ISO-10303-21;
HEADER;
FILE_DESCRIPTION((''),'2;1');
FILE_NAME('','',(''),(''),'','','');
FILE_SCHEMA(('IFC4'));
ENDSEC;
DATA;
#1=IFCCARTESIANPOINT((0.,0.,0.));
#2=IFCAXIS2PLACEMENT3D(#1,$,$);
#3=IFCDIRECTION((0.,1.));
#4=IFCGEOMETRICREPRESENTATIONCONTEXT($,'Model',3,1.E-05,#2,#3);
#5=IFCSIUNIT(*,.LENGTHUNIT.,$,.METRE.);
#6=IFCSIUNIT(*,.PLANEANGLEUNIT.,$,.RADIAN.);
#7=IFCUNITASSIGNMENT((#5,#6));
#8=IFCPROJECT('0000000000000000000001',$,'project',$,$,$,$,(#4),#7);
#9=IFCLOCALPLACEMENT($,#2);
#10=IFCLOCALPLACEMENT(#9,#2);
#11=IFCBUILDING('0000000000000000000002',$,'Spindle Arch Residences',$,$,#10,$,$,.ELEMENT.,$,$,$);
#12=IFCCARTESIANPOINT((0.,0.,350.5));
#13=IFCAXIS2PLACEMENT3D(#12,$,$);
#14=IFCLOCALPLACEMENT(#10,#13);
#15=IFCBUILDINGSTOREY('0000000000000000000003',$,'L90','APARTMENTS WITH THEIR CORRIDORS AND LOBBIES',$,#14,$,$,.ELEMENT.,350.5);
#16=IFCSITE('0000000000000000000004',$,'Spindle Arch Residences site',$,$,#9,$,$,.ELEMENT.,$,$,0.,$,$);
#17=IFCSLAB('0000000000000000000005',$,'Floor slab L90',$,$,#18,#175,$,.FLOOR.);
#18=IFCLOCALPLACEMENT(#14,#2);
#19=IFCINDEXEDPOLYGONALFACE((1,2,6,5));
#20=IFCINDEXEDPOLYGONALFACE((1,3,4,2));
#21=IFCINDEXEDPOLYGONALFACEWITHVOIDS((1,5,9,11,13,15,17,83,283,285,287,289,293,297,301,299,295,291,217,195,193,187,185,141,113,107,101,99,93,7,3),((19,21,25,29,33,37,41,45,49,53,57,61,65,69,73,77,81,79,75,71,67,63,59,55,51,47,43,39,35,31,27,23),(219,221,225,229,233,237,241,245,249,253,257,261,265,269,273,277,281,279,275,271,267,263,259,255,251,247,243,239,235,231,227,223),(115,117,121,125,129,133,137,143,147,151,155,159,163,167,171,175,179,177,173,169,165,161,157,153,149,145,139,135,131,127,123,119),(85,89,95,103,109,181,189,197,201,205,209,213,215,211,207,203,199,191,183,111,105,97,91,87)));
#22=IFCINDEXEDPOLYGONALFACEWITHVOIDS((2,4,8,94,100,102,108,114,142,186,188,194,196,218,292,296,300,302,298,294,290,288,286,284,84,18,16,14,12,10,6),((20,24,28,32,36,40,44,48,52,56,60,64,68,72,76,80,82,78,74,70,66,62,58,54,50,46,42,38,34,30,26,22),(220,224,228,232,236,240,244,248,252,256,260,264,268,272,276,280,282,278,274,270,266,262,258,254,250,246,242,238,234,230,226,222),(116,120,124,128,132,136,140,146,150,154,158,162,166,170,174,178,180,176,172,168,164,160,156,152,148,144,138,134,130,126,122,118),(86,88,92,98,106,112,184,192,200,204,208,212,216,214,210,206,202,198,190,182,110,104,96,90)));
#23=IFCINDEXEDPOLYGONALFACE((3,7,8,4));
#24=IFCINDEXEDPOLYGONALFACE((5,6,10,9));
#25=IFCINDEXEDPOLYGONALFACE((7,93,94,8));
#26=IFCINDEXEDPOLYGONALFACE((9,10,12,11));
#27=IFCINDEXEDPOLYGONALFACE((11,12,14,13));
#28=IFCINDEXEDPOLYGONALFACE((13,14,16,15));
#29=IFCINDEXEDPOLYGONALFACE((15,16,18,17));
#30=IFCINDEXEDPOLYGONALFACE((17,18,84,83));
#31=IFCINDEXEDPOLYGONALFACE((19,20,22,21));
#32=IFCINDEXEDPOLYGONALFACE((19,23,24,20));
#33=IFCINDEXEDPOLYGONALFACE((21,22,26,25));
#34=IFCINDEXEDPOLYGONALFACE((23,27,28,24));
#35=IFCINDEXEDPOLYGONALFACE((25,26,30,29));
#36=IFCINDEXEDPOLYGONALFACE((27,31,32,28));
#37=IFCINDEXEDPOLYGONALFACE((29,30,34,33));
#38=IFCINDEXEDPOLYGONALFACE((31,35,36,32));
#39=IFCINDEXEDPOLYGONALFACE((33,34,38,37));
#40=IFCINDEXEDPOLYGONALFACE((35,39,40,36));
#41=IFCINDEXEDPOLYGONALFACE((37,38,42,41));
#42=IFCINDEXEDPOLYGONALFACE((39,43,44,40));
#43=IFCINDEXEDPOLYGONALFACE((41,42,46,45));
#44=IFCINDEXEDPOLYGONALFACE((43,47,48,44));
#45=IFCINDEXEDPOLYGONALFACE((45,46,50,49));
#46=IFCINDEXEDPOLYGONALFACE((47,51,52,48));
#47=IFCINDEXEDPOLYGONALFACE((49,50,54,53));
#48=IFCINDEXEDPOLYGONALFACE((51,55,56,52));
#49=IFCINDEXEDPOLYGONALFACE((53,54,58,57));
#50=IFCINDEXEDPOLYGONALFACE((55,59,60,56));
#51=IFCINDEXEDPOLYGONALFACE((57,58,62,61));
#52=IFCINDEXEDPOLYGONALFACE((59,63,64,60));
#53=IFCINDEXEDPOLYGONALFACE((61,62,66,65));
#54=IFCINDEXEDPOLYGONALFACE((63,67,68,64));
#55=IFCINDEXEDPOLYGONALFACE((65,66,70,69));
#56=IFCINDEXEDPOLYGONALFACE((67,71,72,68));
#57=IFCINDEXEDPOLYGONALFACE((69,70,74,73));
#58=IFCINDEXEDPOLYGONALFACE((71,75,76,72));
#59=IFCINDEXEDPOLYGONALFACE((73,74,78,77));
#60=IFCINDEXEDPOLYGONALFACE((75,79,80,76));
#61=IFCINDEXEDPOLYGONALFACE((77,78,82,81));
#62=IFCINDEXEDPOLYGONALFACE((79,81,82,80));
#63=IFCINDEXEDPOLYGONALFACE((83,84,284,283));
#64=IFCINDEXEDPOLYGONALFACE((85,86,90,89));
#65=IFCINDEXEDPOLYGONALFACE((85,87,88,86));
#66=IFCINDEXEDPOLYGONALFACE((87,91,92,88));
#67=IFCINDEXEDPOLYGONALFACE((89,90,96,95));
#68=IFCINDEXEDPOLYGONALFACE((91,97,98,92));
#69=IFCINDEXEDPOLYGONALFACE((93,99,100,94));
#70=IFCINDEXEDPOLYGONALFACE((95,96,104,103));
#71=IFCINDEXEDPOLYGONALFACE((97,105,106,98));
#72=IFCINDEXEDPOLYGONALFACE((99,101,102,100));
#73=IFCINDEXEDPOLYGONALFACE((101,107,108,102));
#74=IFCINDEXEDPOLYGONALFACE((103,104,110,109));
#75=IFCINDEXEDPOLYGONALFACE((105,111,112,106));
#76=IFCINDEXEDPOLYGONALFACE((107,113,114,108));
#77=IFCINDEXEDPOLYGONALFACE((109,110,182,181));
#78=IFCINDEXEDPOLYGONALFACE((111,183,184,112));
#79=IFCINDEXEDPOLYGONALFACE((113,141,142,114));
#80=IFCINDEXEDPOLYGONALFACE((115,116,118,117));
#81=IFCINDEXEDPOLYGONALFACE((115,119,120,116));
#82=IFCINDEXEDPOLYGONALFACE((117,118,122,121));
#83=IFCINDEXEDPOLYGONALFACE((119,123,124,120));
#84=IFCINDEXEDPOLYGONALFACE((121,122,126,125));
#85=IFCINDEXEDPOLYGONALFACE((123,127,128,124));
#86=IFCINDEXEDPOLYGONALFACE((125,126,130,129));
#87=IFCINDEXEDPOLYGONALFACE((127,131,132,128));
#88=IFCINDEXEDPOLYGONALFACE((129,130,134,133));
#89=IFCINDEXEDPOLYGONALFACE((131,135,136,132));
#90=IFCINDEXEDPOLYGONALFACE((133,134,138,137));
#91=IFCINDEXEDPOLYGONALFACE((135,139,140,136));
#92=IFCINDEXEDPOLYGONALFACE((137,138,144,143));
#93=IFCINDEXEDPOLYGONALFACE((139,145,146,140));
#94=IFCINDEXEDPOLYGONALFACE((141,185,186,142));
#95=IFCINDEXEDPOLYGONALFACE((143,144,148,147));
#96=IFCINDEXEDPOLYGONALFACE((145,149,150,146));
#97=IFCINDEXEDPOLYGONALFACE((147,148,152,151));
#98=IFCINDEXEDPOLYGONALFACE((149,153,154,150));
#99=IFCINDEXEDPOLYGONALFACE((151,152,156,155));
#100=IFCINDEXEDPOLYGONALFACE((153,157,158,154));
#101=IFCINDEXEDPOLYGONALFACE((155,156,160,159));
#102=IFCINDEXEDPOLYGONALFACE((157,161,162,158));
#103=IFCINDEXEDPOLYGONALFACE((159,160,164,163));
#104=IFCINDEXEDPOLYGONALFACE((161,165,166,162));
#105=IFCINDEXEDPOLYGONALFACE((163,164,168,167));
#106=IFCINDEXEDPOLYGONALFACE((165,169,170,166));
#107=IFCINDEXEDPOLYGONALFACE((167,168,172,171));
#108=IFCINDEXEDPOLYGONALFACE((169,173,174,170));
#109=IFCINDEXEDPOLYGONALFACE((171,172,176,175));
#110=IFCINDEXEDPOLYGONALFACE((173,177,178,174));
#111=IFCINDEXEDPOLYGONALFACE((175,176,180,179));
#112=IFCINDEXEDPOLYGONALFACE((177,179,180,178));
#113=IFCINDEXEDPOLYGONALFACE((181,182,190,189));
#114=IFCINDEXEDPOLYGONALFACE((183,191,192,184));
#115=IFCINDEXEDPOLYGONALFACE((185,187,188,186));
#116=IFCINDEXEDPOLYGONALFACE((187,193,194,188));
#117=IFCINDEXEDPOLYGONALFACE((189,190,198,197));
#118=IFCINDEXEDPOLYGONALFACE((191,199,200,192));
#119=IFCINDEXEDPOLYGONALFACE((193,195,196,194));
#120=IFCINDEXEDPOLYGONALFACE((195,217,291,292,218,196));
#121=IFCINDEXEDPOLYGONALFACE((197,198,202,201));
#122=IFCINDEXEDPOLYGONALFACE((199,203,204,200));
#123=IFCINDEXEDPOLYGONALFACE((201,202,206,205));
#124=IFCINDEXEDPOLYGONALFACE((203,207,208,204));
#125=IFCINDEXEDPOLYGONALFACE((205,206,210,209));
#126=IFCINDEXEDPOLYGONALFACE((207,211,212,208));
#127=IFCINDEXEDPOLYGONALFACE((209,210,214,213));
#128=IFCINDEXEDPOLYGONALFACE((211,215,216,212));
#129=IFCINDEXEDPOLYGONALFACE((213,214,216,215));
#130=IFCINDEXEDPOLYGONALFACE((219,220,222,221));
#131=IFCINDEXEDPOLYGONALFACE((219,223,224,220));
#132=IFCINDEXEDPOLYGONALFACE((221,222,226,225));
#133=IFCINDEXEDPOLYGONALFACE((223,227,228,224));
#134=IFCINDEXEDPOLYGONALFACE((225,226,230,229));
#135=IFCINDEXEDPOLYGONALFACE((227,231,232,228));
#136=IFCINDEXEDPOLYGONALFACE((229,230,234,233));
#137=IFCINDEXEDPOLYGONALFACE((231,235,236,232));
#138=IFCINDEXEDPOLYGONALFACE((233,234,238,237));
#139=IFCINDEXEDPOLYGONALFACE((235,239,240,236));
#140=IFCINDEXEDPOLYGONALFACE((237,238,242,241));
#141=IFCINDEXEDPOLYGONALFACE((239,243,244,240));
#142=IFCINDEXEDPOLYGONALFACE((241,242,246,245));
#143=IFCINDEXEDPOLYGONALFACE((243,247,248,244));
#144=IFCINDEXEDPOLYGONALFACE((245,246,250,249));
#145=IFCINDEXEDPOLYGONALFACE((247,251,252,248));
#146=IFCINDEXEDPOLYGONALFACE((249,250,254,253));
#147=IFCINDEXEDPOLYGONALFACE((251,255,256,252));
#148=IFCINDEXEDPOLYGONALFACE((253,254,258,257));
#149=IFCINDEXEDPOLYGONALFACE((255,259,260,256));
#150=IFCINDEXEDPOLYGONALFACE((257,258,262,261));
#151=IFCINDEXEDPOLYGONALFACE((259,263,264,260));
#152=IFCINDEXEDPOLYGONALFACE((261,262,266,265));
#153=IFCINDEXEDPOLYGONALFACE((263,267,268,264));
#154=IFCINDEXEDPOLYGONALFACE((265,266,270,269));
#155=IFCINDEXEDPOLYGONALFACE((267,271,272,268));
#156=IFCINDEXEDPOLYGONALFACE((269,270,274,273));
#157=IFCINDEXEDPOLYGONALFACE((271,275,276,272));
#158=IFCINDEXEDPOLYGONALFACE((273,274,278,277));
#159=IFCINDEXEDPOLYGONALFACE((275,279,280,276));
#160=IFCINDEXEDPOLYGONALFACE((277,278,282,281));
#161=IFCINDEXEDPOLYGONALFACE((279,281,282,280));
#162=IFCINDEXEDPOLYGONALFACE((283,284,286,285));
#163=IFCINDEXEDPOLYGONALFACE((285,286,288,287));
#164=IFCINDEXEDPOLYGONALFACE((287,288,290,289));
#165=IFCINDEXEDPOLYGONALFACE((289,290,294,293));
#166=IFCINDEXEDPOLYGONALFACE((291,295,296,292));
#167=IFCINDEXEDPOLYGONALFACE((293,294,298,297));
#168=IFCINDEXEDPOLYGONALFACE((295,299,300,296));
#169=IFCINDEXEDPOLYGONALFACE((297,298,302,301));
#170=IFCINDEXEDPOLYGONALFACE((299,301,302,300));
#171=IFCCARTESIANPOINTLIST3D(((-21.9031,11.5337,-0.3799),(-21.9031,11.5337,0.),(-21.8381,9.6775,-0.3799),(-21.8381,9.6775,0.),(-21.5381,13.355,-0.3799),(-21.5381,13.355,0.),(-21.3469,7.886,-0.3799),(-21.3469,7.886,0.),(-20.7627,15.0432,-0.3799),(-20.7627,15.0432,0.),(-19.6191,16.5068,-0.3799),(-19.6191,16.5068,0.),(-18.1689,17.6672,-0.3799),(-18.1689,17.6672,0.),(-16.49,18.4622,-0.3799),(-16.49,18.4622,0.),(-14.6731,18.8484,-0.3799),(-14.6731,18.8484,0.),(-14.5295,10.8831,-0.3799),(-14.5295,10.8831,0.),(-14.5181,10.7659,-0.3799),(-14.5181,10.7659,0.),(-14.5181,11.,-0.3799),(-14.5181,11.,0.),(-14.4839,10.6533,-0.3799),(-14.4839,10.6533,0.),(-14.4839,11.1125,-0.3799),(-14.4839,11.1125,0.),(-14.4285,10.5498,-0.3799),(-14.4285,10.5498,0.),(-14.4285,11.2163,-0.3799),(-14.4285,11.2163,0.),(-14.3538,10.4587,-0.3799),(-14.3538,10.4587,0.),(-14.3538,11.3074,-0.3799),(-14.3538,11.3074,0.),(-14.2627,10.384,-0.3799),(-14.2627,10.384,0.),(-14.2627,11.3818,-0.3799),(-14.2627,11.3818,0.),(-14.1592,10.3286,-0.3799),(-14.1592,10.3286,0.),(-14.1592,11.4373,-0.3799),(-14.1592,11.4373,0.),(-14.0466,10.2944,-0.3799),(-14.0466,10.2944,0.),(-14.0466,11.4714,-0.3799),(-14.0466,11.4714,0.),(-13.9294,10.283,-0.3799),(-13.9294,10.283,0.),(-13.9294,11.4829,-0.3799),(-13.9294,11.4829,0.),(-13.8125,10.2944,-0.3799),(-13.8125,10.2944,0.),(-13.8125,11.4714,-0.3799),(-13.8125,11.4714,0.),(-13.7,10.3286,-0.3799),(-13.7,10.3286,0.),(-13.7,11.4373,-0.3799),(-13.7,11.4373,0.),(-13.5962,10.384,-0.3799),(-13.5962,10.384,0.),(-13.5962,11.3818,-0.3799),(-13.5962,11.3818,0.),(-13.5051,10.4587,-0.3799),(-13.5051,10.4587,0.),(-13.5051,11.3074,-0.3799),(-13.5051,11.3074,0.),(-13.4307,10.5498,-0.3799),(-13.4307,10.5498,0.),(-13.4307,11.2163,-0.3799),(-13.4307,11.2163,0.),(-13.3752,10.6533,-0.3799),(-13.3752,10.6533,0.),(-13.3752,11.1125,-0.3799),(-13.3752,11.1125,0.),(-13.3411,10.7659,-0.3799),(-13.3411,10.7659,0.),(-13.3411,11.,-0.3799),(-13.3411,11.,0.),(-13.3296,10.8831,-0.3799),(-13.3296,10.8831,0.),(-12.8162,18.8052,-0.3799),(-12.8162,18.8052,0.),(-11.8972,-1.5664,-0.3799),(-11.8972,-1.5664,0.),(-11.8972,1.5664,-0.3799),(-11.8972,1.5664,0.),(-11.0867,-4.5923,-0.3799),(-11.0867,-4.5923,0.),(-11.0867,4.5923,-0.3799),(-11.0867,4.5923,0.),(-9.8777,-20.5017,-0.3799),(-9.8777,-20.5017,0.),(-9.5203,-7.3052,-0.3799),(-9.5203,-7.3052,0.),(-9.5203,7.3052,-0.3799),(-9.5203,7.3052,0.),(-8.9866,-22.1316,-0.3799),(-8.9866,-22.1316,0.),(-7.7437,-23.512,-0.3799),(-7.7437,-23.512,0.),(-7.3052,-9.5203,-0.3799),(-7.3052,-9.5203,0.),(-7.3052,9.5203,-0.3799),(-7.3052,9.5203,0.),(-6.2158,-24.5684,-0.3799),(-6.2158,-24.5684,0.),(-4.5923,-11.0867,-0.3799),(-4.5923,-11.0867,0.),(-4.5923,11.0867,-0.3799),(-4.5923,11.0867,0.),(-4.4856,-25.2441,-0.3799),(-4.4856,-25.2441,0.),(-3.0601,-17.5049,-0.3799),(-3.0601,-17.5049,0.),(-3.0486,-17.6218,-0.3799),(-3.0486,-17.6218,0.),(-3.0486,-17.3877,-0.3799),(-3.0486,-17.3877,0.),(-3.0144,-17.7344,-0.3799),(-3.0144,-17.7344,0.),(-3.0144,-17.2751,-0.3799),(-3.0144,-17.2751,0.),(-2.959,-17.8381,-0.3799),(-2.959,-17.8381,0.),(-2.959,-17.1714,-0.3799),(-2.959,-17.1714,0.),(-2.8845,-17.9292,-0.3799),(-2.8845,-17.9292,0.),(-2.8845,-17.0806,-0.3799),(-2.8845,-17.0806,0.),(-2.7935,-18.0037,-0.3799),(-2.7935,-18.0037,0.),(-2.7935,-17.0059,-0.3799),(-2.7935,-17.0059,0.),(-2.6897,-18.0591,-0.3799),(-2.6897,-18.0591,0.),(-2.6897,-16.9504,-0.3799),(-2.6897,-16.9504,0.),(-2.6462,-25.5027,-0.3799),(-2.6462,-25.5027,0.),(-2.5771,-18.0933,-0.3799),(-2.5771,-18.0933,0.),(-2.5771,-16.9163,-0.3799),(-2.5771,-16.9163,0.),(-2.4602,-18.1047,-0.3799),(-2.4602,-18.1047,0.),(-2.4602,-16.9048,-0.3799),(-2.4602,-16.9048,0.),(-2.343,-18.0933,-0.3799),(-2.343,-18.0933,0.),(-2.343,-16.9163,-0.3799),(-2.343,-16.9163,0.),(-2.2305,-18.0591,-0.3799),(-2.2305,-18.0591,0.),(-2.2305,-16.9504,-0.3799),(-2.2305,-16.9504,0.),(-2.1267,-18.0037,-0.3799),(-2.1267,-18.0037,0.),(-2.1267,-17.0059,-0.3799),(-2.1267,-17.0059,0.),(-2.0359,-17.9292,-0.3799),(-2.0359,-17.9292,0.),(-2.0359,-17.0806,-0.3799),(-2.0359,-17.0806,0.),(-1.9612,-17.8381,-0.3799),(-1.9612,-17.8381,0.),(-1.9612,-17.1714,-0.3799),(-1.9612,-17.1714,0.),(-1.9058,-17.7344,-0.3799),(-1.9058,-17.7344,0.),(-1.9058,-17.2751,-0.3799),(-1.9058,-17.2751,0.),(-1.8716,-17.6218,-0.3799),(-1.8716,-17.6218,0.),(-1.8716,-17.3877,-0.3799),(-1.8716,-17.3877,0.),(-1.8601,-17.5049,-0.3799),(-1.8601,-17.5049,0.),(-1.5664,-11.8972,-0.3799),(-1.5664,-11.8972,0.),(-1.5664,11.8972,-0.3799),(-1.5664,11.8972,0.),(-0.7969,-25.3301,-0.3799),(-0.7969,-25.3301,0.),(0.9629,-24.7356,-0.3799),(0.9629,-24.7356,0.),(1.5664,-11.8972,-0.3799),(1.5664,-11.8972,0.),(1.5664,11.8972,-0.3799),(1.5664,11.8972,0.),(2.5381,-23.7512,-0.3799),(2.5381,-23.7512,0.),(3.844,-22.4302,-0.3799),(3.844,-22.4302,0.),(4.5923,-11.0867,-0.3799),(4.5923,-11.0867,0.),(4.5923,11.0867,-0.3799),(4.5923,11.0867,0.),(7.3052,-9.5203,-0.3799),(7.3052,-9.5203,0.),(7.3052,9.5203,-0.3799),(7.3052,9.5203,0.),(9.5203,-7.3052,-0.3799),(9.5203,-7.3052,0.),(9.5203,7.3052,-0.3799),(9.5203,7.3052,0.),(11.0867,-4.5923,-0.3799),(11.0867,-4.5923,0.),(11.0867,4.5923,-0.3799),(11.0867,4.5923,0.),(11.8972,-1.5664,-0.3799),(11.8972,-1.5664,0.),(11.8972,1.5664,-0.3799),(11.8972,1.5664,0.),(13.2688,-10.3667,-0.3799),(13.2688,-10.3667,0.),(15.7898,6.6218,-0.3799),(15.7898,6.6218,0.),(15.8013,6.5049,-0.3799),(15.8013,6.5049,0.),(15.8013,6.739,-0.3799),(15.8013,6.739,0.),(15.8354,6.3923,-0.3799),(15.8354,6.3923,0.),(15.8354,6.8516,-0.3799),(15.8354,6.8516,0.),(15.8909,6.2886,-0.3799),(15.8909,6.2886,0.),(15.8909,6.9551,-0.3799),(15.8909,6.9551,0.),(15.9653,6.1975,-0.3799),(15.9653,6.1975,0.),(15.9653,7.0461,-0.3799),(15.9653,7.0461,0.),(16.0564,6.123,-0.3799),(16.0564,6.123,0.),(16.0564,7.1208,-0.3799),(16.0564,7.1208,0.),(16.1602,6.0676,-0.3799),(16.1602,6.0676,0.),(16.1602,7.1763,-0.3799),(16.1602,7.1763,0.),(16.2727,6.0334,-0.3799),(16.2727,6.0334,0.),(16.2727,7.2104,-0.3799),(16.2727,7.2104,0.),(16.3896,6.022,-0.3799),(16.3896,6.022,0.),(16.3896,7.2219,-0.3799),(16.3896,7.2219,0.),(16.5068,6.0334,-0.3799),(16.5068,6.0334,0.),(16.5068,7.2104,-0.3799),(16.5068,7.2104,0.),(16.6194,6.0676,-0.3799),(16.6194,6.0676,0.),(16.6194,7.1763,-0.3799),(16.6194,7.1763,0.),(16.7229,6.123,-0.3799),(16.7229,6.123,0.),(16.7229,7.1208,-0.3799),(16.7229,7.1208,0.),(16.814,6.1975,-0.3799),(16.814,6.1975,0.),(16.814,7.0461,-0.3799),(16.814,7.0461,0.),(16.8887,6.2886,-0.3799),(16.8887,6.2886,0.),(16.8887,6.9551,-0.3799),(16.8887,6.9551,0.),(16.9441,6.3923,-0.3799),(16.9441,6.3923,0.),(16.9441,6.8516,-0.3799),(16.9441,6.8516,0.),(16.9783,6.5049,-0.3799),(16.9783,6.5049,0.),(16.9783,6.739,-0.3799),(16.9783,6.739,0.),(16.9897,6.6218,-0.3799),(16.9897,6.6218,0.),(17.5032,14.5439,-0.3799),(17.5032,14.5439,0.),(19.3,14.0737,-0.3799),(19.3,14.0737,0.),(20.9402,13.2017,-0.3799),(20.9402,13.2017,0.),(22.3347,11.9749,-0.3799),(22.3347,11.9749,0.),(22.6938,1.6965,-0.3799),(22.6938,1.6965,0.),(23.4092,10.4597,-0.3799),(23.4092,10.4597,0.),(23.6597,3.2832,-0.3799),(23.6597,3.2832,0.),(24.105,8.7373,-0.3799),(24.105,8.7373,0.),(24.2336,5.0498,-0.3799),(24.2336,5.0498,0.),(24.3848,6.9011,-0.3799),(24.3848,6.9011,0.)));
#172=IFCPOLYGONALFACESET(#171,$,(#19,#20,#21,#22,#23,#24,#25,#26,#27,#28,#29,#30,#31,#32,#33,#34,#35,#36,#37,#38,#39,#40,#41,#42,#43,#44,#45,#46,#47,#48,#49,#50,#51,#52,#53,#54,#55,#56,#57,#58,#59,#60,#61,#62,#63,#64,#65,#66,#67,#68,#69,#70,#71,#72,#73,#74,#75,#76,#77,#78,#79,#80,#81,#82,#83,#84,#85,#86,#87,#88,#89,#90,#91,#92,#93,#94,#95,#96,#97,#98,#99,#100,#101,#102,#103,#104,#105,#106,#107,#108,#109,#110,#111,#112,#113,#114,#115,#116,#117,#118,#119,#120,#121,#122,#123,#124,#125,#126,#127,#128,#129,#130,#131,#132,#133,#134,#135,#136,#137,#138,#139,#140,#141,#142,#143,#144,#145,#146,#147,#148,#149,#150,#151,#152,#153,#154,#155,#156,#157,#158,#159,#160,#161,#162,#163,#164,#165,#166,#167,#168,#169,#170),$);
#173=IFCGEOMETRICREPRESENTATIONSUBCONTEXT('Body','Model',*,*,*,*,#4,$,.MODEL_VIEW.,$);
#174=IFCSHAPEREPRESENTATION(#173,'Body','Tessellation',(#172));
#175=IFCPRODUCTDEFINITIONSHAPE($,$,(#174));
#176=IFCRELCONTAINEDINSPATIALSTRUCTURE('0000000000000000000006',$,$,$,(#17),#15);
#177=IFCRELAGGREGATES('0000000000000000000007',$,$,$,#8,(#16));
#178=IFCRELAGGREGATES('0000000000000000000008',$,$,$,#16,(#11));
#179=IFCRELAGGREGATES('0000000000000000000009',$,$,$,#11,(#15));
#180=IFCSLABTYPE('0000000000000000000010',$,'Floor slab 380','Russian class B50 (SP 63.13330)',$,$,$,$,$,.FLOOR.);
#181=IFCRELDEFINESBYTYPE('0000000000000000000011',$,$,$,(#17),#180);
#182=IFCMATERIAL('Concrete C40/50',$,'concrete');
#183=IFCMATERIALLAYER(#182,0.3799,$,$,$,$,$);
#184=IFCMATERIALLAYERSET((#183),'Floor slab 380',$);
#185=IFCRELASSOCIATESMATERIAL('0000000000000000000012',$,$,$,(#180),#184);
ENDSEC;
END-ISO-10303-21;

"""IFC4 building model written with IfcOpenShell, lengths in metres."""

from ifc_helpers import new_model, si_unit, direction, frame, origin, place, context, subcontext, project, spatial, polyline, outline, extrude, material, layer, layer_set, type_object, element, save


model = new_model("IFC4")

# Units and contexts
model_context = context("Model", 3, precision=1e-05, world=origin(), true_north=direction((0.0, 1.0)))
body_context = subcontext(model_context, "Body", "Model", "MODEL_VIEW")
ifc_project = project(units=[si_unit("LENGTHUNIT", "METRE"), si_unit("PLANEANGLEUNIT", "RADIAN")], contexts=[model_context])

# Site, building, storey
site_placement = place(None, origin())
site = spatial("IfcSite", under=ifc_project, at=site_placement, Name="Spindle Arch Residences site", CompositionType="ELEMENT", RefElevation=0.0)
building_placement = place(site_placement, origin())
building = spatial("IfcBuilding", under=site, at=building_placement, Name="Spindle Arch Residences", CompositionType="ELEMENT")
storey_placement = place(building_placement, frame((0.0, 0.0, 350.5)))
storey = spatial("IfcBuildingStorey", under=building, at=storey_placement, Name="L90", Description="APARTMENTS WITH THEIR CORRIDORS AND LOBBIES", CompositionType="ELEMENT", Elevation=350.5)

# Slab
ifc_material_1 = material(Name="Concrete C40/50", Category="concrete")
ifc_layer_1 = layer(ifc_material_1, 0.3799)
ifc_layer_set_1 = layer_set([ifc_layer_1], Name="Floor slab 380")
slab_type_1 = type_object("IfcSlabType", Name="Floor slab 380", Description="Russian class B50 (SP 63.13330)", PredefinedType="FLOOR", material=ifc_layer_set_1)
slab_1_placement = place(storey_placement, frame((0.0, 0.0, -0.3799)))
element("IfcSlab", 1, at=slab_1_placement, inside=storey, type_object=slab_type_1, Name="Floor slab L90", PredefinedType="FLOOR", context=body_context, shape_type="SweptSolid", body=[
    extrude(outline(polyline([(2.5381, -23.7512), (0.9629, -24.7356), (-0.7969, -25.3301), (-2.6462, -25.5027), (-4.4856, -25.2441), (-6.2158, -24.5684), (-7.7437, -23.512), (-8.9866, -22.1316), (-9.8777, -20.5017), (-21.3469, 7.886), (-21.8381, 9.6775), (-21.9031, 11.5337), (-21.5381, 13.355), (-20.7627, 15.0432), (-19.6191, 16.5068), (-18.1689, 17.6672), (-16.49, 18.4622), (-14.6731, 18.8484), (-12.8162, 18.8052), (17.5032, 14.5439), (19.3, 14.0737), (20.9402, 13.2017), (22.3347, 11.9749), (23.4092, 10.4597), (24.105, 8.7373), (24.3848, 6.9011), (24.2336, 5.0498), (23.6597, 3.2832), (22.6938, 1.6965), (13.2688, -10.3667), (3.844, -22.4302), (2.5381, -23.7512)]), holes=[polyline([(7.3052, -9.5203), (9.5203, -7.3052), (11.0867, -4.5923), (11.8972, -1.5664), (11.8972, 1.5664), (11.0867, 4.5923), (9.5203, 7.3052), (7.3052, 9.5203), (4.5923, 11.0867), (1.5664, 11.8972), (-1.5664, 11.8972), (-4.5923, 11.0867), (-7.3052, 9.5203), (-9.5203, 7.3052), (-11.0867, 4.5923), (-11.8972, 1.5664), (-11.8972, -1.5664), (-11.0867, -4.5923), (-9.5203, -7.3052), (-7.3052, -9.5203), (-4.5923, -11.0867), (-1.5664, -11.8972), (1.5664, -11.8972), (4.5923, -11.0867), (7.3052, -9.5203)]), polyline([(-1.9612, -17.8381), (-1.9058, -17.7344), (-1.8716, -17.6218), (-1.8601, -17.5049), (-1.8716, -17.3877), (-1.9058, -17.2751), (-1.9612, -17.1714), (-2.0359, -17.0806), (-2.1267, -17.0059), (-2.2305, -16.9504), (-2.343, -16.9163), (-2.4602, -16.9048), (-2.5771, -16.9163), (-2.6897, -16.9504), (-2.7935, -17.0059), (-2.8845, -17.0806), (-2.959, -17.1714), (-3.0144, -17.2751), (-3.0486, -17.3877), (-3.0601, -17.5049), (-3.0486, -17.6218), (-3.0144, -17.7344), (-2.959, -17.8381), (-2.8845, -17.9292), (-2.7935, -18.0037), (-2.6897, -18.0591), (-2.5771, -18.0933), (-2.4602, -18.1047), (-2.343, -18.0933), (-2.2305, -18.0591), (-2.1267, -18.0037), (-2.0359, -17.9292), (-1.9612, -17.8381)]), polyline([(-13.5051, 10.4587), (-13.4307, 10.5498), (-13.3752, 10.6533), (-13.3411, 10.7659), (-13.3296, 10.8831), (-13.3411, 11.0), (-13.3752, 11.1125), (-13.4307, 11.2163), (-13.5051, 11.3074), (-13.5962, 11.3818), (-13.7, 11.4373), (-13.8125, 11.4714), (-13.9294, 11.4829), (-14.0466, 11.4714), (-14.1592, 11.4373), (-14.2627, 11.3818), (-14.3538, 11.3074), (-14.4285, 11.2163), (-14.4839, 11.1125), (-14.5181, 11.0), (-14.5295, 10.8831), (-14.5181, 10.7659), (-14.4839, 10.6533), (-14.4285, 10.5498), (-14.3538, 10.4587), (-14.2627, 10.384), (-14.1592, 10.3286), (-14.0466, 10.2944), (-13.9294, 10.283), (-13.8125, 10.2944), (-13.7, 10.3286), (-13.5962, 10.384), (-13.5051, 10.4587)]), polyline([(16.814, 6.1975), (16.8887, 6.2886), (16.9441, 6.3923), (16.9783, 6.5049), (16.9897, 6.6218), (16.9783, 6.739), (16.9441, 6.8516), (16.8887, 6.9551), (16.814, 7.0461), (16.7229, 7.1208), (16.6194, 7.1763), (16.5068, 7.2104), (16.3896, 7.2219), (16.2727, 7.2104), (16.1602, 7.1763), (16.0564, 7.1208), (15.9653, 7.0461), (15.8909, 6.9551), (15.8354, 6.8516), (15.8013, 6.739), (15.7898, 6.6218), (15.8013, 6.5049), (15.8354, 6.3923), (15.8909, 6.2886), (15.9653, 6.1975), (16.0564, 6.123), (16.1602, 6.0676), (16.2727, 6.0334), (16.3896, 6.022), (16.5068, 6.0334), (16.6194, 6.0676), (16.7229, 6.123), (16.814, 6.1975)])]), origin(), (0.0, 0.0, 1.0), 0.3799),
])

save(model, "model.ifc")
